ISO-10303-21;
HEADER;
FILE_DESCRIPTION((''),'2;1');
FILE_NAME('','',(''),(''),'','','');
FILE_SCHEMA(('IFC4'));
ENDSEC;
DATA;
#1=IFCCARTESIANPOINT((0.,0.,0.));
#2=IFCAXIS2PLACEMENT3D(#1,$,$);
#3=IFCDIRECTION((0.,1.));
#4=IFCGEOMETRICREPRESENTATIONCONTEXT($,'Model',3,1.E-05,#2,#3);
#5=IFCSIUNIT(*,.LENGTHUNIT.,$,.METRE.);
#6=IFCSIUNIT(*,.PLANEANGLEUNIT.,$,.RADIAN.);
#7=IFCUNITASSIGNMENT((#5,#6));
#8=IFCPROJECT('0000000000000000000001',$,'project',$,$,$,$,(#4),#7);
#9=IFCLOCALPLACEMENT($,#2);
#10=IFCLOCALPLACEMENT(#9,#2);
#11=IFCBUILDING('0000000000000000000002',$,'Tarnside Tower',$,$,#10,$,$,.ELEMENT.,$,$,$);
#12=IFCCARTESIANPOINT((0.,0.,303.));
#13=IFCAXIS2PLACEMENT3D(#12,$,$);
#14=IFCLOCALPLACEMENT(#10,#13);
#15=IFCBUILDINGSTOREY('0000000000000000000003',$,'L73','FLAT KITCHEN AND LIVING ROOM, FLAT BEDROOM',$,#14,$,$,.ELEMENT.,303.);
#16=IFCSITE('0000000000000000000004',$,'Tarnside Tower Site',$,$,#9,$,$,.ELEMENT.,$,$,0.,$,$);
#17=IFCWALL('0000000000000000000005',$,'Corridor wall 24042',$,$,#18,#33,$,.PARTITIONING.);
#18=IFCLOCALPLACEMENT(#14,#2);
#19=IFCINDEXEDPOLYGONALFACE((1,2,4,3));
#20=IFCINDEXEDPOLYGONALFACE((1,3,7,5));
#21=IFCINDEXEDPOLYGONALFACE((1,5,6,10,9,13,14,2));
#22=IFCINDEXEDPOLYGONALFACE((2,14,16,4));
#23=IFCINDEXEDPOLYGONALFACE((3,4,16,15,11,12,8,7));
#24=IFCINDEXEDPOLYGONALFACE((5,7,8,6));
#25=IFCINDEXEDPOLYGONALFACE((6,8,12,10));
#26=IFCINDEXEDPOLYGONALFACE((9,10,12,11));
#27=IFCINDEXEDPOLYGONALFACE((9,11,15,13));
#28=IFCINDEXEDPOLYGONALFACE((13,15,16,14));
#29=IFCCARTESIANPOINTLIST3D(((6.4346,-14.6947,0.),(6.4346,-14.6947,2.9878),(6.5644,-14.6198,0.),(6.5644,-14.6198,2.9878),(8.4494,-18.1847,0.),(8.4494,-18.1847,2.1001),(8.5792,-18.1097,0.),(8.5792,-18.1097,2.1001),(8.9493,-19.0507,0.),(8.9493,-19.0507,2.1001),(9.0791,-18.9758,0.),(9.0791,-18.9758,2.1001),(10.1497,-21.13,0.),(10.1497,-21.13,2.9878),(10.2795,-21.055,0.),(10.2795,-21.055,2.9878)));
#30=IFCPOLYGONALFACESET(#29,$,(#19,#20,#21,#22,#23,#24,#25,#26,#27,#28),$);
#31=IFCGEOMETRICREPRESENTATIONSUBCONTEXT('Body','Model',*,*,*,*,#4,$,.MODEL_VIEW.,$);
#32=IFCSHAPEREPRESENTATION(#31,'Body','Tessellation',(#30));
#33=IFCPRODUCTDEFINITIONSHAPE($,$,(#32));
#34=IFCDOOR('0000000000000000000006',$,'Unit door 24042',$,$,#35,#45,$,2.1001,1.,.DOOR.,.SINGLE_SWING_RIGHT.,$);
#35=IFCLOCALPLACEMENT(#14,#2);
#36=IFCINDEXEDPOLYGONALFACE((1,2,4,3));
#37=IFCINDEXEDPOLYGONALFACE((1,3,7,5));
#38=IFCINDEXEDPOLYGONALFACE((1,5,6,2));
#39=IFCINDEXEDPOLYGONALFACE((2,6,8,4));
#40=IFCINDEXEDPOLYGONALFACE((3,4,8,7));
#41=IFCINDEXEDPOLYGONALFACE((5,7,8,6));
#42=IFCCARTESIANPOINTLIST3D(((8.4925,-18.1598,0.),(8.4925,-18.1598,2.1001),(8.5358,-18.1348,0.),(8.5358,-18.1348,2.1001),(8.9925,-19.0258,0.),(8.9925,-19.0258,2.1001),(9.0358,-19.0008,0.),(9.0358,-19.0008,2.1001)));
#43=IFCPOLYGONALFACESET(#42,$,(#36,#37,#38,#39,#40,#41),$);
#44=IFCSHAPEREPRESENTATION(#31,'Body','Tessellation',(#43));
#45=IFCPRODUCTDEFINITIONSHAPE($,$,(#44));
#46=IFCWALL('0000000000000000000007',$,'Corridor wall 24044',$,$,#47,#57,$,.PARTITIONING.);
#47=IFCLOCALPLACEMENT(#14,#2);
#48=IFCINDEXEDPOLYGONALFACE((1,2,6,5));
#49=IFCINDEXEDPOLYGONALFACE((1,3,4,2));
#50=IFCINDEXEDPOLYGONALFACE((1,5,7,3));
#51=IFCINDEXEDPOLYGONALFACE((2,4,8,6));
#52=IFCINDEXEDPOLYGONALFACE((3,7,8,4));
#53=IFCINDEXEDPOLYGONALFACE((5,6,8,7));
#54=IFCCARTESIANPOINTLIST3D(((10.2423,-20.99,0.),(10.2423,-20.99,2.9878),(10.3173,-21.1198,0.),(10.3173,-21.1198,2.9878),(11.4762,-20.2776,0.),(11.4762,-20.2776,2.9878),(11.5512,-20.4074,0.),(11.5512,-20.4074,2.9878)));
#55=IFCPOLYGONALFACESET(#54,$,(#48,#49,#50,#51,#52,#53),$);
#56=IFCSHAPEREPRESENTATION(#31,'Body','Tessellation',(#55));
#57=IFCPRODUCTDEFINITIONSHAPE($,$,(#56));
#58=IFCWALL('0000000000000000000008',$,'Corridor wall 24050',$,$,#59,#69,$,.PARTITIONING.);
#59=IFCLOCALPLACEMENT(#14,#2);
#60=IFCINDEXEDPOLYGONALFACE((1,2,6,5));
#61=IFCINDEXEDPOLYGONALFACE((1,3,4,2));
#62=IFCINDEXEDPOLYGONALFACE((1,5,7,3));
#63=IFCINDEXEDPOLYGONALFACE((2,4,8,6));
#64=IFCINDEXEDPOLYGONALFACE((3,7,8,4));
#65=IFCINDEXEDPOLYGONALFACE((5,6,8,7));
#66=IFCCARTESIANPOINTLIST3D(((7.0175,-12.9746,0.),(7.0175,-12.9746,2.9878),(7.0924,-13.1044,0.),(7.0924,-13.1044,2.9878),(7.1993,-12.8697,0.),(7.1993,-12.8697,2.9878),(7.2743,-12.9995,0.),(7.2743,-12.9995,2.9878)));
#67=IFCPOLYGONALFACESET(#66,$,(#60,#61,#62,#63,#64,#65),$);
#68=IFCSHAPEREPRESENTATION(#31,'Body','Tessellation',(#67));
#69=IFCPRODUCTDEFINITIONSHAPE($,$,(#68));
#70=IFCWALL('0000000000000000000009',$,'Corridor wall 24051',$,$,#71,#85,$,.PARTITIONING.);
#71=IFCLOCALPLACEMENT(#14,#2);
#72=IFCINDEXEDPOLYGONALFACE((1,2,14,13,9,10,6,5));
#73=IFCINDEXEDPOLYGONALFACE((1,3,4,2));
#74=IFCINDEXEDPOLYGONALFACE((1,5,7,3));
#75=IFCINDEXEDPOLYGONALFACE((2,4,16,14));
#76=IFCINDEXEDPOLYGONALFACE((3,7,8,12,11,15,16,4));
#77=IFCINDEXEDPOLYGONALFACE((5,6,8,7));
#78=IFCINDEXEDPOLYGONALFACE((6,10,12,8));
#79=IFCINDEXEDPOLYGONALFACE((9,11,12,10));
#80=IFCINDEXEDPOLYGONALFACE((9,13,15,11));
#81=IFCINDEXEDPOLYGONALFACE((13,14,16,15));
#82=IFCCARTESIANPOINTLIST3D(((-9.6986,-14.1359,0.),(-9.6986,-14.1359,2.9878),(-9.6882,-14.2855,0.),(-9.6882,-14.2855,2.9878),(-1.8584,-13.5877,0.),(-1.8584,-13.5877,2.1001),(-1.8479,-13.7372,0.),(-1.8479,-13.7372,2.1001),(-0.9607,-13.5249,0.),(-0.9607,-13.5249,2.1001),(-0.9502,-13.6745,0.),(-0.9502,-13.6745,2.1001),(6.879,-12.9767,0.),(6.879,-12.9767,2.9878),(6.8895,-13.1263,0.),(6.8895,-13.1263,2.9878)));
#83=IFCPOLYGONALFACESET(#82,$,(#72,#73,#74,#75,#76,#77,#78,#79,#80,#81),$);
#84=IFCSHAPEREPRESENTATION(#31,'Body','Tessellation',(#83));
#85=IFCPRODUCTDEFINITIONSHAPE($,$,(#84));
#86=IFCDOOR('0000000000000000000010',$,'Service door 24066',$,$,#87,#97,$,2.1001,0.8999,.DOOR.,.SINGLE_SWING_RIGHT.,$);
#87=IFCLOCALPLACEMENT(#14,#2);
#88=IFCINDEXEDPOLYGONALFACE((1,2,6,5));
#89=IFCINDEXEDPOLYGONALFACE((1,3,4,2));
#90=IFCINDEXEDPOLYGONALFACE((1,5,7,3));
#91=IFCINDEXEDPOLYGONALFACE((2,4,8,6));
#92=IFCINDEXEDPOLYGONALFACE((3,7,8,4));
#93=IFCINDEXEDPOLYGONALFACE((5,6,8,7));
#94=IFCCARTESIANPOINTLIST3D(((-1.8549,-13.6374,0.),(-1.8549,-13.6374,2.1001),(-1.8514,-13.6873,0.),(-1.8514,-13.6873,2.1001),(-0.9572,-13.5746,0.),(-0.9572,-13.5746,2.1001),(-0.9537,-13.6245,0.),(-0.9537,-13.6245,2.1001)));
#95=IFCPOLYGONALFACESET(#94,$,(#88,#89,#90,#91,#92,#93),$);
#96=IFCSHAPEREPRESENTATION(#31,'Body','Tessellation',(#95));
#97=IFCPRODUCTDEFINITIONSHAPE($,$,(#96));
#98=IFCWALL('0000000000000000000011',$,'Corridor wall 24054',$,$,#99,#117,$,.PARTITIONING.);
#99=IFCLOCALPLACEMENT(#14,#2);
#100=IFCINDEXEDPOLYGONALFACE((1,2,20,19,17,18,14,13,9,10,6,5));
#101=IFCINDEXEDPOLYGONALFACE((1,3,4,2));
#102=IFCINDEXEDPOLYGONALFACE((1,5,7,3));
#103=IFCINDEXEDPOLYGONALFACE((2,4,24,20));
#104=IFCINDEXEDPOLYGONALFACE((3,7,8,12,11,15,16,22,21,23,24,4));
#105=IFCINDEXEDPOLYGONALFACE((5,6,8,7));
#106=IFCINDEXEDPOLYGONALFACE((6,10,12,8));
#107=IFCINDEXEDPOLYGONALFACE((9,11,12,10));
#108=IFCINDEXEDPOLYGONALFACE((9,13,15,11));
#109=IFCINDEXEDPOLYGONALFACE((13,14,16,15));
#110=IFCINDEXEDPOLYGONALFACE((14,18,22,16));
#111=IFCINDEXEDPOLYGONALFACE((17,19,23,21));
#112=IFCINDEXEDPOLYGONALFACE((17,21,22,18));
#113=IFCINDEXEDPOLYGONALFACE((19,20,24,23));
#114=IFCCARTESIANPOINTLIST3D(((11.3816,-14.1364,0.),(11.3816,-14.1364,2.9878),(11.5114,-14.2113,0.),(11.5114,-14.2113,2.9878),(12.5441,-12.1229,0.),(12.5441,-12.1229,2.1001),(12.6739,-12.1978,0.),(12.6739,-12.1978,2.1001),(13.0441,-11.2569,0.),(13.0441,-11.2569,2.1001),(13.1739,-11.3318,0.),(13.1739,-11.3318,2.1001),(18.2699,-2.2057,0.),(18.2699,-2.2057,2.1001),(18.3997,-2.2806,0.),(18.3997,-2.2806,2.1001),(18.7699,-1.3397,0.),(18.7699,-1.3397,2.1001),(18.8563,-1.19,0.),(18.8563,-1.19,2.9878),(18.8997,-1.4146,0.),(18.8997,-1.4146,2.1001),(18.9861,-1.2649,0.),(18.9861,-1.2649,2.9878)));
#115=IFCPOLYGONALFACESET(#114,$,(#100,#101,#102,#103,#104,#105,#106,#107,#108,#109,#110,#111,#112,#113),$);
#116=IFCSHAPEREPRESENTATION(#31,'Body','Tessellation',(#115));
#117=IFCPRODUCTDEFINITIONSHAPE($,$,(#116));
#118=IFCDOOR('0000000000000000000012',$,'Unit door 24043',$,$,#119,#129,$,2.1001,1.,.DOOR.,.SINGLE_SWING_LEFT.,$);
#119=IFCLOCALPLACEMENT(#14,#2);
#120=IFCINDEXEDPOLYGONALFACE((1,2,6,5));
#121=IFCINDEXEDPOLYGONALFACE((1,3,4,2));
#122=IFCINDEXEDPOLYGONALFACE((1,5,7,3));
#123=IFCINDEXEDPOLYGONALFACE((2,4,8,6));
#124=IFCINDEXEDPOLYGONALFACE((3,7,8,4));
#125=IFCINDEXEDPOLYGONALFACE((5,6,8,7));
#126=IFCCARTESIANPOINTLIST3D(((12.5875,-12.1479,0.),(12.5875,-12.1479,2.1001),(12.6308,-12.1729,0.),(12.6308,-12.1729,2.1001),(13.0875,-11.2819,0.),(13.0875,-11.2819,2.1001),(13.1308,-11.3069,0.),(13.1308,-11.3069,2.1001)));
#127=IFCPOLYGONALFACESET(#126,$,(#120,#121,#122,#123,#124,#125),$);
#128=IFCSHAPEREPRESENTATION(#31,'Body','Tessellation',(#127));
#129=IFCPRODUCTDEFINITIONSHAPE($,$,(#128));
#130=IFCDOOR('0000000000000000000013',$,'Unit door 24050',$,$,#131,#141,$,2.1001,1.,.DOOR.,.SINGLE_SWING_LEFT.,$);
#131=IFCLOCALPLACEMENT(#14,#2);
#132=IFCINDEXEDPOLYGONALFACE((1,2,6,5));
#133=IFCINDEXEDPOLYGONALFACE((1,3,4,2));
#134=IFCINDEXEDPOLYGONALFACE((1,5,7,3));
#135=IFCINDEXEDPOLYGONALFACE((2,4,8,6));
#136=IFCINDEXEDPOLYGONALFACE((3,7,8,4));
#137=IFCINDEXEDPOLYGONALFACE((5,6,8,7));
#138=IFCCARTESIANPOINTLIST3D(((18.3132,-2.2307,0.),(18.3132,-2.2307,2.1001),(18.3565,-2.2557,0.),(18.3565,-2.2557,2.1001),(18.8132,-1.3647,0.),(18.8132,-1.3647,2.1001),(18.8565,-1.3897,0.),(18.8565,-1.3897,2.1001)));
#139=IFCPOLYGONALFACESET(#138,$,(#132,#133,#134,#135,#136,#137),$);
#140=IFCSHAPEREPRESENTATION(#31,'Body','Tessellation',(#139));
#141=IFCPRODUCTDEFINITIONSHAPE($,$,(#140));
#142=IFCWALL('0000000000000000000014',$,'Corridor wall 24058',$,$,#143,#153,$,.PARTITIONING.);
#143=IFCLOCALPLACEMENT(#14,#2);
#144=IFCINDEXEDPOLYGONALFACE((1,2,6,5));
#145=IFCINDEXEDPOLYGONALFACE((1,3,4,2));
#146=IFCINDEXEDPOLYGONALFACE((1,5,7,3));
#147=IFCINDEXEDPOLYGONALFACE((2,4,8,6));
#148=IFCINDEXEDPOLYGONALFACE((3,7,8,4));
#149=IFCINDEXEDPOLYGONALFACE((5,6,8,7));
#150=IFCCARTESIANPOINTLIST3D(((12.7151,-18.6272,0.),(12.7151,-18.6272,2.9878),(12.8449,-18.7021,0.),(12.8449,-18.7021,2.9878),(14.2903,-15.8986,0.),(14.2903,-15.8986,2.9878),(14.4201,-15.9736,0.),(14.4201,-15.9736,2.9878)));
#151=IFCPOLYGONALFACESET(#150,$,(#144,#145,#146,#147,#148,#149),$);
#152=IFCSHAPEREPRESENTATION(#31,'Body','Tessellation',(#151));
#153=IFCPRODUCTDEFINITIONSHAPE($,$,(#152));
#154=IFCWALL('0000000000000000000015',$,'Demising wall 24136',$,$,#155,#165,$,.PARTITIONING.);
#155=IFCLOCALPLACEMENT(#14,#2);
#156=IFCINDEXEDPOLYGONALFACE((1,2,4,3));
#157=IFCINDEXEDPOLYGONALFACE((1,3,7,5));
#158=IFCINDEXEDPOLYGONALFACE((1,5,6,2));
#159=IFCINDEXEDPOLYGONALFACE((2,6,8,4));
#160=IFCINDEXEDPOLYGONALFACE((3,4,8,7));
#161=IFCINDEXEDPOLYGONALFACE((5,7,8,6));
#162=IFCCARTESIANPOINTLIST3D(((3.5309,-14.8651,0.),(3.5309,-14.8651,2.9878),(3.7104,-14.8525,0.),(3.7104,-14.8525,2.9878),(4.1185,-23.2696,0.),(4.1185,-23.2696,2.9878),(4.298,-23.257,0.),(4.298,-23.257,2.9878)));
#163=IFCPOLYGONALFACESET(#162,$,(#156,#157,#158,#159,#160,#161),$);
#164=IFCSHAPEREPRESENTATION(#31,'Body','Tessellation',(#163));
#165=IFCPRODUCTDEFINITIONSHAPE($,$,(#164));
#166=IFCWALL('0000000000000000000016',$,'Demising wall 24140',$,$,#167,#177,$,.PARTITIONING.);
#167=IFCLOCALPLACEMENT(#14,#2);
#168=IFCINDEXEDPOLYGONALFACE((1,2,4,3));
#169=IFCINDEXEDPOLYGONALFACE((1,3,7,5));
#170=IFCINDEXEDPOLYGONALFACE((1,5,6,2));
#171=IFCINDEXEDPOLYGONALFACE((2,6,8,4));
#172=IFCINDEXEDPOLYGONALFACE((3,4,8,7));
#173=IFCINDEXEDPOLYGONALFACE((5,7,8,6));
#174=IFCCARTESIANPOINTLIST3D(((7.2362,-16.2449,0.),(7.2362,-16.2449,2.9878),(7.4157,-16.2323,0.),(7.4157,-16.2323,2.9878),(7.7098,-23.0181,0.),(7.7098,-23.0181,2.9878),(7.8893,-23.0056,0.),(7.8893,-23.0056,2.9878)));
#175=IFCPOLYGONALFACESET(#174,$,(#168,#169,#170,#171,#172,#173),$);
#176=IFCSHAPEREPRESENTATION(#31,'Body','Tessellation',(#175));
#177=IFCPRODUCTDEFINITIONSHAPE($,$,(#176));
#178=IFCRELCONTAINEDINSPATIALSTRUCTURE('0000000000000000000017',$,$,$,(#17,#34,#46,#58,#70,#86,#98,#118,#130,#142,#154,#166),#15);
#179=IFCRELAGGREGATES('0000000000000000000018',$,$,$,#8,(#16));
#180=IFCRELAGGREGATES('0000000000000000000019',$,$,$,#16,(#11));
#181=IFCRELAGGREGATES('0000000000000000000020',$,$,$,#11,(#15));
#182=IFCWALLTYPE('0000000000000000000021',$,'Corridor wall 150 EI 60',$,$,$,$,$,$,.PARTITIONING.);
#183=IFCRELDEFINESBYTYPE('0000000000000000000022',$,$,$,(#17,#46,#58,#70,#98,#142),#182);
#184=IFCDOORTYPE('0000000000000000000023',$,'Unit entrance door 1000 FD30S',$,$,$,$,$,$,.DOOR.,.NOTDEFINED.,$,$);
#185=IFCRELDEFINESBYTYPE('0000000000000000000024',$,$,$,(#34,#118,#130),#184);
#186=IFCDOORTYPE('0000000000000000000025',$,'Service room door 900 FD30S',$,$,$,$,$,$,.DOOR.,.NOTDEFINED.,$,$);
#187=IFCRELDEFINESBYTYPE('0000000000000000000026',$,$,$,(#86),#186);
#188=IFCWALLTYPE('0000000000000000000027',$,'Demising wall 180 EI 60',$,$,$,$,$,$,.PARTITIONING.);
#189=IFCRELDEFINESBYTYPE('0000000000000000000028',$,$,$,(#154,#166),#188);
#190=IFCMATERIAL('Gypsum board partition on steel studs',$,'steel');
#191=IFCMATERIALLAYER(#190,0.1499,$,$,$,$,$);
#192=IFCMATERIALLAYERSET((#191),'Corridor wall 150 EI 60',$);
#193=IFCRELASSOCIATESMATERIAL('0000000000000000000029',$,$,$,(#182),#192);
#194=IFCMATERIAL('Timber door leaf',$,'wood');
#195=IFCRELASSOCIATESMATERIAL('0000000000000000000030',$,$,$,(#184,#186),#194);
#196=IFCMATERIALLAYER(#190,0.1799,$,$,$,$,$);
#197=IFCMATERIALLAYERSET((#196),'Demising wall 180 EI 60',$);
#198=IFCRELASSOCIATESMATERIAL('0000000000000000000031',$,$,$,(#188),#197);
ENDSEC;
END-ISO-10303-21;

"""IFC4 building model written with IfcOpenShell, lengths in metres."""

from ifc_helpers import new_model, si_unit, direction, frame, frame_2d, origin, place, context, subcontext, project, spatial, rectangle, extrude, material, layer, layer_set, type_object, element, fill, save


model = new_model("IFC4")

# Units and contexts
model_context = context("Model", 3, precision=1e-05, world=origin(), true_north=direction((0.0, 1.0)))
body_context = subcontext(model_context, "Body", "Model", "MODEL_VIEW")
ifc_project = project(units=[si_unit("LENGTHUNIT", "METRE"), si_unit("PLANEANGLEUNIT", "RADIAN")], contexts=[model_context])

# Site, building, storey
site_placement = place(None, origin())
site = spatial("IfcSite", under=ifc_project, at=site_placement, Name="Tarnside Tower Site", CompositionType="ELEMENT", RefElevation=0.0)
building_placement = place(site_placement, origin())
building = spatial("IfcBuilding", under=site, at=building_placement, Name="Tarnside Tower", CompositionType="ELEMENT")
storey_placement = place(building_placement, frame((0.0, 0.0, 303.0)))
storey = spatial("IfcBuildingStorey", under=building, at=storey_placement, Name="L73", Description="FLAT KITCHEN AND LIVING ROOM, FLAT BEDROOM", CompositionType="ELEMENT", Elevation=303.0)

# Wall, opening, door
ifc_material_1 = material(Name="Gypsum board partition on steel studs", Category="steel")
ifc_layer_1 = layer(ifc_material_1, 0.1499)
ifc_layer_set_1 = layer_set([ifc_layer_1], Name="Corridor wall 150 EI 60")
wall_type_1 = type_object("IfcWallType", Name="Corridor wall 150 EI 60", PredefinedType="PARTITIONING", material=ifc_layer_set_1)
wall_1_placement = place(storey_placement, frame((6.4995, -14.6572, 0.0), z_axis=(0.0, 0.0, 1.0), x_axis=(0.499966, -0.866045, 0.0)))
wall_1 = element("IfcWall", 1, at=wall_1_placement, inside=storey, type_object=wall_type_1, Name="Corridor wall 24042", PredefinedType="PARTITIONING", context=body_context, shape_type="SweptSolid", body=[
    extrude(rectangle(XDim=7.4307, YDim=0.1499, at=frame_2d((3.7153, 0.0))), origin(), (0.0, 0.0, 1.0), 2.9878),
])
opening_1_placement = place(wall_1_placement, frame((4.0298, 0.0, 0.0)))
opening_1 = element("IfcOpeningElement", 2, at=opening_1_placement, cuts=wall_1, PredefinedType="OPENING", context=body_context, shape_type="SweptSolid", body=[
    extrude(rectangle(XDim=1.0, YDim=2.1001, at=frame_2d((0.5, 1.05))), frame((0.0, 0.085, 0.0), z_axis=(0.0, -1.0, 0.0), x_axis=(1.0, 0.0, 0.0)), (0.0, 0.0, 1.0), 0.1699),
])
ifc_material_2 = material(Name="Timber door leaf", Category="wood")
door_type_1 = type_object("IfcDoorType", Name="Unit entrance door 1000 FD30S", OperationType="NOTDEFINED", PredefinedType="DOOR", material=ifc_material_2)
door_1_placement = place(opening_1_placement, origin())
door_1 = element("IfcDoor", 3, at=door_1_placement, inside=storey, type_object=door_type_1, Name="Unit door 24042", OperationType="SINGLE_SWING_RIGHT", OverallHeight=2.1001, OverallWidth=1.0, PredefinedType="DOOR", context=body_context, shape_type="SweptSolid", body=[
    extrude(rectangle(XDim=1.0, YDim=2.1001, at=frame_2d((0.5, 1.05))), frame((0.0, 0.0249, 0.0), z_axis=(0.0, -1.0, 0.0), x_axis=(1.0, 0.0, 0.0)), (0.0, 0.0, 1.0), 0.05),
])
fill(opening_1, door_1)

# Walls
wall_2_placement = place(storey_placement, frame((10.2798, -21.0549, 0.0), z_axis=(0.0, 0.0, 1.0), x_axis=(0.86602, 0.500009, 0.0)))
element("IfcWall", 4, at=wall_2_placement, inside=storey, type_object=wall_type_1, Name="Corridor wall 24044", PredefinedType="PARTITIONING", context=body_context, shape_type="SweptSolid", body=[
    extrude(rectangle(XDim=1.4248, YDim=0.1499, at=frame_2d((0.7124, 0.0))), origin(), (0.0, 0.0, 1.0), 2.9878),
])
wall_3_placement = place(storey_placement, frame((7.2368, -12.9346, 0.0), z_axis=(0.0, 0.0, 1.0), x_axis=(-0.866089, -0.49989, 0.0)))
element("IfcWall", 5, at=wall_3_placement, inside=storey, type_object=wall_type_1, Name="Corridor wall 24050", PredefinedType="PARTITIONING", context=body_context, shape_type="SweptSolid", body=[
    extrude(rectangle(XDim=0.21, YDim=0.1499, at=frame_2d((0.105, 0.0))), origin(), (0.0, 0.0, 1.0), 2.9878),
])

# Wall, opening, door
wall_4_placement = place(storey_placement, frame((6.8843, -13.0515, 0.0), z_axis=(0.0, 0.0, 1.0), x_axis=(-0.997564, -0.069754, 0.0)))
wall_4 = element("IfcWall", 6, at=wall_4_placement, inside=storey, type_object=wall_type_1, Name="Corridor wall 24051", PredefinedType="PARTITIONING", context=body_context, shape_type="SweptSolid", body=[
    extrude(rectangle(XDim=16.6182, YDim=0.1499, at=frame_2d((8.3091, 0.0))), origin(), (0.0, 0.0, 1.0), 2.9878),
])
opening_2_placement = place(wall_4_placement, frame((7.8589, 0.0, 0.0)))
opening_2 = element("IfcOpeningElement", 7, at=opening_2_placement, cuts=wall_4, PredefinedType="OPENING", context=body_context, shape_type="SweptSolid", body=[
    extrude(rectangle(XDim=0.8999, YDim=2.1001, at=frame_2d((0.45, 1.05))), frame((0.0, 0.085, 0.0), z_axis=(0.0, -1.0, 0.0), x_axis=(1.0, 0.0, 0.0)), (0.0, 0.0, 1.0), 0.1699),
])
door_type_2 = type_object("IfcDoorType", Name="Service room door 900 FD30S", OperationType="NOTDEFINED", PredefinedType="DOOR", material=ifc_material_2)
door_2_placement = place(opening_2_placement, origin())
door_2 = element("IfcDoor", 8, at=door_2_placement, inside=storey, type_object=door_type_2, Name="Service door 24066", OperationType="SINGLE_SWING_RIGHT", OverallHeight=2.1001, OverallWidth=0.8999, PredefinedType="DOOR", context=body_context, shape_type="SweptSolid", body=[
    extrude(rectangle(XDim=0.8999, YDim=2.1001, at=frame_2d((0.45, 1.05))), frame((0.0, 0.0249, 0.0), z_axis=(0.0, -1.0, 0.0), x_axis=(1.0, 0.0, 0.0)), (0.0, 0.0, 1.0), 0.05),
])
fill(opening_2, door_2)

# Wall, openings, doors
wall_5_placement = place(storey_placement, frame((11.4465, -14.1738, 0.0), z_axis=(0.0, 0.0, 1.0), x_axis=(0.500003, 0.866023, 0.0)))
wall_5 = element("IfcWall", 9, at=wall_5_placement, inside=storey, type_object=wall_type_1, Name="Corridor wall 24054", PredefinedType="PARTITIONING", context=body_context, shape_type="SweptSolid", body=[
    extrude(rectangle(XDim=14.9492, YDim=0.1499, at=frame_2d((7.4746, 0.0))), origin(), (0.0, 0.0, 1.0), 2.9878),
])
opening_3_placement = place(wall_5_placement, frame((2.325, 0.0, 0.0)))
opening_3 = element("IfcOpeningElement", 10, at=opening_3_placement, cuts=wall_5, PredefinedType="OPENING", context=body_context, shape_type="SweptSolid", body=[
    extrude(rectangle(XDim=1.0, YDim=2.1001, at=frame_2d((0.5, 1.05))), frame((0.0, 0.085, 0.0), z_axis=(0.0, -1.0, 0.0), x_axis=(1.0, 0.0, 0.0)), (0.0, 0.0, 1.0), 0.1699),
])
opening_4_placement = place(wall_5_placement, frame((13.7764, 0.0, 0.0)))
opening_4 = element("IfcOpeningElement", 11, at=opening_4_placement, cuts=wall_5, PredefinedType="OPENING", context=body_context, shape_type="SweptSolid", body=[
    extrude(rectangle(XDim=1.0, YDim=2.1001, at=frame_2d((0.5, 1.05))), frame((0.0, 0.085, 0.0), z_axis=(0.0, -1.0, 0.0), x_axis=(1.0, 0.0, 0.0)), (0.0, 0.0, 1.0), 0.1699),
])
door_3_placement = place(opening_3_placement, origin())
door_3 = element("IfcDoor", 12, at=door_3_placement, inside=storey, type_object=door_type_1, Name="Unit door 24043", OperationType="SINGLE_SWING_LEFT", OverallHeight=2.1001, OverallWidth=1.0, PredefinedType="DOOR", context=body_context, shape_type="SweptSolid", body=[
    extrude(rectangle(XDim=1.0, YDim=2.1001, at=frame_2d((0.5, 1.05))), frame((0.0, 0.0249, 0.0), z_axis=(0.0, -1.0, 0.0), x_axis=(1.0, 0.0, 0.0)), (0.0, 0.0, 1.0), 0.05),
])
fill(opening_3, door_3)
door_4_placement = place(opening_4_placement, origin())
door_4 = element("IfcDoor", 13, at=door_4_placement, inside=storey, type_object=door_type_1, Name="Unit door 24050", OperationType="SINGLE_SWING_LEFT", OverallHeight=2.1001, OverallWidth=1.0, PredefinedType="DOOR", context=body_context, shape_type="SweptSolid", body=[
    extrude(rectangle(XDim=1.0, YDim=2.1001, at=frame_2d((0.5, 1.05))), frame((0.0, 0.0249, 0.0), z_axis=(0.0, -1.0, 0.0), x_axis=(1.0, 0.0, 0.0)), (0.0, 0.0, 1.0), 0.05),
])
fill(opening_4, door_4)

# Walls
wall_6_placement = place(storey_placement, frame((12.78, -18.6646, 0.0), z_axis=(0.0, 0.0, 1.0), x_axis=(0.499973, 0.866041, 0.0)))
element("IfcWall", 14, at=wall_6_placement, inside=storey, type_object=wall_type_1, Name="Corridor wall 24058", PredefinedType="PARTITIONING", context=body_context, shape_type="SweptSolid", body=[
    extrude(rectangle(XDim=3.1506, YDim=0.1499, at=frame_2d((1.5752, 0.0))), origin(), (0.0, 0.0, 1.0), 2.9878),
])
ifc_layer_2 = layer(ifc_material_1, 0.1799)
ifc_layer_set_2 = layer_set([ifc_layer_2], Name="Demising wall 180 EI 60")
wall_type_2 = type_object("IfcWallType", Name="Demising wall 180 EI 60", PredefinedType="PARTITIONING", material=ifc_layer_set_2)
wall_7_placement = place(storey_placement, frame((4.2083, -23.2632, 0.0), z_axis=(0.0, 0.0, 1.0), x_axis=(-0.06975, 0.997565, 0.0)))
element("IfcWall", 15, at=wall_7_placement, inside=storey, type_object=wall_type_2, Name="Demising wall 24136", PredefinedType="PARTITIONING", context=body_context, shape_type="SweptSolid", body=[
    extrude(rectangle(XDim=8.425, YDim=0.1799, at=frame_2d((4.2124, 0.0))), origin(), (0.0, 0.0, 1.0), 2.9878),
])
wall_8_placement = place(storey_placement, frame((7.7996, -23.012, 0.0), z_axis=(0.0, 0.0, 1.0), x_axis=(-0.069757, 0.997564, 0.0)))
element("IfcWall", 16, at=wall_8_placement, inside=storey, type_object=wall_type_2, Name="Demising wall 24140", PredefinedType="PARTITIONING", context=body_context, shape_type="SweptSolid", body=[
    extrude(rectangle(XDim=6.7898, YDim=0.1799, at=frame_2d((3.395, 0.0))), origin(), (0.0, 0.0, 1.0), 2.9878),
])

save(model, "model.ifc")
